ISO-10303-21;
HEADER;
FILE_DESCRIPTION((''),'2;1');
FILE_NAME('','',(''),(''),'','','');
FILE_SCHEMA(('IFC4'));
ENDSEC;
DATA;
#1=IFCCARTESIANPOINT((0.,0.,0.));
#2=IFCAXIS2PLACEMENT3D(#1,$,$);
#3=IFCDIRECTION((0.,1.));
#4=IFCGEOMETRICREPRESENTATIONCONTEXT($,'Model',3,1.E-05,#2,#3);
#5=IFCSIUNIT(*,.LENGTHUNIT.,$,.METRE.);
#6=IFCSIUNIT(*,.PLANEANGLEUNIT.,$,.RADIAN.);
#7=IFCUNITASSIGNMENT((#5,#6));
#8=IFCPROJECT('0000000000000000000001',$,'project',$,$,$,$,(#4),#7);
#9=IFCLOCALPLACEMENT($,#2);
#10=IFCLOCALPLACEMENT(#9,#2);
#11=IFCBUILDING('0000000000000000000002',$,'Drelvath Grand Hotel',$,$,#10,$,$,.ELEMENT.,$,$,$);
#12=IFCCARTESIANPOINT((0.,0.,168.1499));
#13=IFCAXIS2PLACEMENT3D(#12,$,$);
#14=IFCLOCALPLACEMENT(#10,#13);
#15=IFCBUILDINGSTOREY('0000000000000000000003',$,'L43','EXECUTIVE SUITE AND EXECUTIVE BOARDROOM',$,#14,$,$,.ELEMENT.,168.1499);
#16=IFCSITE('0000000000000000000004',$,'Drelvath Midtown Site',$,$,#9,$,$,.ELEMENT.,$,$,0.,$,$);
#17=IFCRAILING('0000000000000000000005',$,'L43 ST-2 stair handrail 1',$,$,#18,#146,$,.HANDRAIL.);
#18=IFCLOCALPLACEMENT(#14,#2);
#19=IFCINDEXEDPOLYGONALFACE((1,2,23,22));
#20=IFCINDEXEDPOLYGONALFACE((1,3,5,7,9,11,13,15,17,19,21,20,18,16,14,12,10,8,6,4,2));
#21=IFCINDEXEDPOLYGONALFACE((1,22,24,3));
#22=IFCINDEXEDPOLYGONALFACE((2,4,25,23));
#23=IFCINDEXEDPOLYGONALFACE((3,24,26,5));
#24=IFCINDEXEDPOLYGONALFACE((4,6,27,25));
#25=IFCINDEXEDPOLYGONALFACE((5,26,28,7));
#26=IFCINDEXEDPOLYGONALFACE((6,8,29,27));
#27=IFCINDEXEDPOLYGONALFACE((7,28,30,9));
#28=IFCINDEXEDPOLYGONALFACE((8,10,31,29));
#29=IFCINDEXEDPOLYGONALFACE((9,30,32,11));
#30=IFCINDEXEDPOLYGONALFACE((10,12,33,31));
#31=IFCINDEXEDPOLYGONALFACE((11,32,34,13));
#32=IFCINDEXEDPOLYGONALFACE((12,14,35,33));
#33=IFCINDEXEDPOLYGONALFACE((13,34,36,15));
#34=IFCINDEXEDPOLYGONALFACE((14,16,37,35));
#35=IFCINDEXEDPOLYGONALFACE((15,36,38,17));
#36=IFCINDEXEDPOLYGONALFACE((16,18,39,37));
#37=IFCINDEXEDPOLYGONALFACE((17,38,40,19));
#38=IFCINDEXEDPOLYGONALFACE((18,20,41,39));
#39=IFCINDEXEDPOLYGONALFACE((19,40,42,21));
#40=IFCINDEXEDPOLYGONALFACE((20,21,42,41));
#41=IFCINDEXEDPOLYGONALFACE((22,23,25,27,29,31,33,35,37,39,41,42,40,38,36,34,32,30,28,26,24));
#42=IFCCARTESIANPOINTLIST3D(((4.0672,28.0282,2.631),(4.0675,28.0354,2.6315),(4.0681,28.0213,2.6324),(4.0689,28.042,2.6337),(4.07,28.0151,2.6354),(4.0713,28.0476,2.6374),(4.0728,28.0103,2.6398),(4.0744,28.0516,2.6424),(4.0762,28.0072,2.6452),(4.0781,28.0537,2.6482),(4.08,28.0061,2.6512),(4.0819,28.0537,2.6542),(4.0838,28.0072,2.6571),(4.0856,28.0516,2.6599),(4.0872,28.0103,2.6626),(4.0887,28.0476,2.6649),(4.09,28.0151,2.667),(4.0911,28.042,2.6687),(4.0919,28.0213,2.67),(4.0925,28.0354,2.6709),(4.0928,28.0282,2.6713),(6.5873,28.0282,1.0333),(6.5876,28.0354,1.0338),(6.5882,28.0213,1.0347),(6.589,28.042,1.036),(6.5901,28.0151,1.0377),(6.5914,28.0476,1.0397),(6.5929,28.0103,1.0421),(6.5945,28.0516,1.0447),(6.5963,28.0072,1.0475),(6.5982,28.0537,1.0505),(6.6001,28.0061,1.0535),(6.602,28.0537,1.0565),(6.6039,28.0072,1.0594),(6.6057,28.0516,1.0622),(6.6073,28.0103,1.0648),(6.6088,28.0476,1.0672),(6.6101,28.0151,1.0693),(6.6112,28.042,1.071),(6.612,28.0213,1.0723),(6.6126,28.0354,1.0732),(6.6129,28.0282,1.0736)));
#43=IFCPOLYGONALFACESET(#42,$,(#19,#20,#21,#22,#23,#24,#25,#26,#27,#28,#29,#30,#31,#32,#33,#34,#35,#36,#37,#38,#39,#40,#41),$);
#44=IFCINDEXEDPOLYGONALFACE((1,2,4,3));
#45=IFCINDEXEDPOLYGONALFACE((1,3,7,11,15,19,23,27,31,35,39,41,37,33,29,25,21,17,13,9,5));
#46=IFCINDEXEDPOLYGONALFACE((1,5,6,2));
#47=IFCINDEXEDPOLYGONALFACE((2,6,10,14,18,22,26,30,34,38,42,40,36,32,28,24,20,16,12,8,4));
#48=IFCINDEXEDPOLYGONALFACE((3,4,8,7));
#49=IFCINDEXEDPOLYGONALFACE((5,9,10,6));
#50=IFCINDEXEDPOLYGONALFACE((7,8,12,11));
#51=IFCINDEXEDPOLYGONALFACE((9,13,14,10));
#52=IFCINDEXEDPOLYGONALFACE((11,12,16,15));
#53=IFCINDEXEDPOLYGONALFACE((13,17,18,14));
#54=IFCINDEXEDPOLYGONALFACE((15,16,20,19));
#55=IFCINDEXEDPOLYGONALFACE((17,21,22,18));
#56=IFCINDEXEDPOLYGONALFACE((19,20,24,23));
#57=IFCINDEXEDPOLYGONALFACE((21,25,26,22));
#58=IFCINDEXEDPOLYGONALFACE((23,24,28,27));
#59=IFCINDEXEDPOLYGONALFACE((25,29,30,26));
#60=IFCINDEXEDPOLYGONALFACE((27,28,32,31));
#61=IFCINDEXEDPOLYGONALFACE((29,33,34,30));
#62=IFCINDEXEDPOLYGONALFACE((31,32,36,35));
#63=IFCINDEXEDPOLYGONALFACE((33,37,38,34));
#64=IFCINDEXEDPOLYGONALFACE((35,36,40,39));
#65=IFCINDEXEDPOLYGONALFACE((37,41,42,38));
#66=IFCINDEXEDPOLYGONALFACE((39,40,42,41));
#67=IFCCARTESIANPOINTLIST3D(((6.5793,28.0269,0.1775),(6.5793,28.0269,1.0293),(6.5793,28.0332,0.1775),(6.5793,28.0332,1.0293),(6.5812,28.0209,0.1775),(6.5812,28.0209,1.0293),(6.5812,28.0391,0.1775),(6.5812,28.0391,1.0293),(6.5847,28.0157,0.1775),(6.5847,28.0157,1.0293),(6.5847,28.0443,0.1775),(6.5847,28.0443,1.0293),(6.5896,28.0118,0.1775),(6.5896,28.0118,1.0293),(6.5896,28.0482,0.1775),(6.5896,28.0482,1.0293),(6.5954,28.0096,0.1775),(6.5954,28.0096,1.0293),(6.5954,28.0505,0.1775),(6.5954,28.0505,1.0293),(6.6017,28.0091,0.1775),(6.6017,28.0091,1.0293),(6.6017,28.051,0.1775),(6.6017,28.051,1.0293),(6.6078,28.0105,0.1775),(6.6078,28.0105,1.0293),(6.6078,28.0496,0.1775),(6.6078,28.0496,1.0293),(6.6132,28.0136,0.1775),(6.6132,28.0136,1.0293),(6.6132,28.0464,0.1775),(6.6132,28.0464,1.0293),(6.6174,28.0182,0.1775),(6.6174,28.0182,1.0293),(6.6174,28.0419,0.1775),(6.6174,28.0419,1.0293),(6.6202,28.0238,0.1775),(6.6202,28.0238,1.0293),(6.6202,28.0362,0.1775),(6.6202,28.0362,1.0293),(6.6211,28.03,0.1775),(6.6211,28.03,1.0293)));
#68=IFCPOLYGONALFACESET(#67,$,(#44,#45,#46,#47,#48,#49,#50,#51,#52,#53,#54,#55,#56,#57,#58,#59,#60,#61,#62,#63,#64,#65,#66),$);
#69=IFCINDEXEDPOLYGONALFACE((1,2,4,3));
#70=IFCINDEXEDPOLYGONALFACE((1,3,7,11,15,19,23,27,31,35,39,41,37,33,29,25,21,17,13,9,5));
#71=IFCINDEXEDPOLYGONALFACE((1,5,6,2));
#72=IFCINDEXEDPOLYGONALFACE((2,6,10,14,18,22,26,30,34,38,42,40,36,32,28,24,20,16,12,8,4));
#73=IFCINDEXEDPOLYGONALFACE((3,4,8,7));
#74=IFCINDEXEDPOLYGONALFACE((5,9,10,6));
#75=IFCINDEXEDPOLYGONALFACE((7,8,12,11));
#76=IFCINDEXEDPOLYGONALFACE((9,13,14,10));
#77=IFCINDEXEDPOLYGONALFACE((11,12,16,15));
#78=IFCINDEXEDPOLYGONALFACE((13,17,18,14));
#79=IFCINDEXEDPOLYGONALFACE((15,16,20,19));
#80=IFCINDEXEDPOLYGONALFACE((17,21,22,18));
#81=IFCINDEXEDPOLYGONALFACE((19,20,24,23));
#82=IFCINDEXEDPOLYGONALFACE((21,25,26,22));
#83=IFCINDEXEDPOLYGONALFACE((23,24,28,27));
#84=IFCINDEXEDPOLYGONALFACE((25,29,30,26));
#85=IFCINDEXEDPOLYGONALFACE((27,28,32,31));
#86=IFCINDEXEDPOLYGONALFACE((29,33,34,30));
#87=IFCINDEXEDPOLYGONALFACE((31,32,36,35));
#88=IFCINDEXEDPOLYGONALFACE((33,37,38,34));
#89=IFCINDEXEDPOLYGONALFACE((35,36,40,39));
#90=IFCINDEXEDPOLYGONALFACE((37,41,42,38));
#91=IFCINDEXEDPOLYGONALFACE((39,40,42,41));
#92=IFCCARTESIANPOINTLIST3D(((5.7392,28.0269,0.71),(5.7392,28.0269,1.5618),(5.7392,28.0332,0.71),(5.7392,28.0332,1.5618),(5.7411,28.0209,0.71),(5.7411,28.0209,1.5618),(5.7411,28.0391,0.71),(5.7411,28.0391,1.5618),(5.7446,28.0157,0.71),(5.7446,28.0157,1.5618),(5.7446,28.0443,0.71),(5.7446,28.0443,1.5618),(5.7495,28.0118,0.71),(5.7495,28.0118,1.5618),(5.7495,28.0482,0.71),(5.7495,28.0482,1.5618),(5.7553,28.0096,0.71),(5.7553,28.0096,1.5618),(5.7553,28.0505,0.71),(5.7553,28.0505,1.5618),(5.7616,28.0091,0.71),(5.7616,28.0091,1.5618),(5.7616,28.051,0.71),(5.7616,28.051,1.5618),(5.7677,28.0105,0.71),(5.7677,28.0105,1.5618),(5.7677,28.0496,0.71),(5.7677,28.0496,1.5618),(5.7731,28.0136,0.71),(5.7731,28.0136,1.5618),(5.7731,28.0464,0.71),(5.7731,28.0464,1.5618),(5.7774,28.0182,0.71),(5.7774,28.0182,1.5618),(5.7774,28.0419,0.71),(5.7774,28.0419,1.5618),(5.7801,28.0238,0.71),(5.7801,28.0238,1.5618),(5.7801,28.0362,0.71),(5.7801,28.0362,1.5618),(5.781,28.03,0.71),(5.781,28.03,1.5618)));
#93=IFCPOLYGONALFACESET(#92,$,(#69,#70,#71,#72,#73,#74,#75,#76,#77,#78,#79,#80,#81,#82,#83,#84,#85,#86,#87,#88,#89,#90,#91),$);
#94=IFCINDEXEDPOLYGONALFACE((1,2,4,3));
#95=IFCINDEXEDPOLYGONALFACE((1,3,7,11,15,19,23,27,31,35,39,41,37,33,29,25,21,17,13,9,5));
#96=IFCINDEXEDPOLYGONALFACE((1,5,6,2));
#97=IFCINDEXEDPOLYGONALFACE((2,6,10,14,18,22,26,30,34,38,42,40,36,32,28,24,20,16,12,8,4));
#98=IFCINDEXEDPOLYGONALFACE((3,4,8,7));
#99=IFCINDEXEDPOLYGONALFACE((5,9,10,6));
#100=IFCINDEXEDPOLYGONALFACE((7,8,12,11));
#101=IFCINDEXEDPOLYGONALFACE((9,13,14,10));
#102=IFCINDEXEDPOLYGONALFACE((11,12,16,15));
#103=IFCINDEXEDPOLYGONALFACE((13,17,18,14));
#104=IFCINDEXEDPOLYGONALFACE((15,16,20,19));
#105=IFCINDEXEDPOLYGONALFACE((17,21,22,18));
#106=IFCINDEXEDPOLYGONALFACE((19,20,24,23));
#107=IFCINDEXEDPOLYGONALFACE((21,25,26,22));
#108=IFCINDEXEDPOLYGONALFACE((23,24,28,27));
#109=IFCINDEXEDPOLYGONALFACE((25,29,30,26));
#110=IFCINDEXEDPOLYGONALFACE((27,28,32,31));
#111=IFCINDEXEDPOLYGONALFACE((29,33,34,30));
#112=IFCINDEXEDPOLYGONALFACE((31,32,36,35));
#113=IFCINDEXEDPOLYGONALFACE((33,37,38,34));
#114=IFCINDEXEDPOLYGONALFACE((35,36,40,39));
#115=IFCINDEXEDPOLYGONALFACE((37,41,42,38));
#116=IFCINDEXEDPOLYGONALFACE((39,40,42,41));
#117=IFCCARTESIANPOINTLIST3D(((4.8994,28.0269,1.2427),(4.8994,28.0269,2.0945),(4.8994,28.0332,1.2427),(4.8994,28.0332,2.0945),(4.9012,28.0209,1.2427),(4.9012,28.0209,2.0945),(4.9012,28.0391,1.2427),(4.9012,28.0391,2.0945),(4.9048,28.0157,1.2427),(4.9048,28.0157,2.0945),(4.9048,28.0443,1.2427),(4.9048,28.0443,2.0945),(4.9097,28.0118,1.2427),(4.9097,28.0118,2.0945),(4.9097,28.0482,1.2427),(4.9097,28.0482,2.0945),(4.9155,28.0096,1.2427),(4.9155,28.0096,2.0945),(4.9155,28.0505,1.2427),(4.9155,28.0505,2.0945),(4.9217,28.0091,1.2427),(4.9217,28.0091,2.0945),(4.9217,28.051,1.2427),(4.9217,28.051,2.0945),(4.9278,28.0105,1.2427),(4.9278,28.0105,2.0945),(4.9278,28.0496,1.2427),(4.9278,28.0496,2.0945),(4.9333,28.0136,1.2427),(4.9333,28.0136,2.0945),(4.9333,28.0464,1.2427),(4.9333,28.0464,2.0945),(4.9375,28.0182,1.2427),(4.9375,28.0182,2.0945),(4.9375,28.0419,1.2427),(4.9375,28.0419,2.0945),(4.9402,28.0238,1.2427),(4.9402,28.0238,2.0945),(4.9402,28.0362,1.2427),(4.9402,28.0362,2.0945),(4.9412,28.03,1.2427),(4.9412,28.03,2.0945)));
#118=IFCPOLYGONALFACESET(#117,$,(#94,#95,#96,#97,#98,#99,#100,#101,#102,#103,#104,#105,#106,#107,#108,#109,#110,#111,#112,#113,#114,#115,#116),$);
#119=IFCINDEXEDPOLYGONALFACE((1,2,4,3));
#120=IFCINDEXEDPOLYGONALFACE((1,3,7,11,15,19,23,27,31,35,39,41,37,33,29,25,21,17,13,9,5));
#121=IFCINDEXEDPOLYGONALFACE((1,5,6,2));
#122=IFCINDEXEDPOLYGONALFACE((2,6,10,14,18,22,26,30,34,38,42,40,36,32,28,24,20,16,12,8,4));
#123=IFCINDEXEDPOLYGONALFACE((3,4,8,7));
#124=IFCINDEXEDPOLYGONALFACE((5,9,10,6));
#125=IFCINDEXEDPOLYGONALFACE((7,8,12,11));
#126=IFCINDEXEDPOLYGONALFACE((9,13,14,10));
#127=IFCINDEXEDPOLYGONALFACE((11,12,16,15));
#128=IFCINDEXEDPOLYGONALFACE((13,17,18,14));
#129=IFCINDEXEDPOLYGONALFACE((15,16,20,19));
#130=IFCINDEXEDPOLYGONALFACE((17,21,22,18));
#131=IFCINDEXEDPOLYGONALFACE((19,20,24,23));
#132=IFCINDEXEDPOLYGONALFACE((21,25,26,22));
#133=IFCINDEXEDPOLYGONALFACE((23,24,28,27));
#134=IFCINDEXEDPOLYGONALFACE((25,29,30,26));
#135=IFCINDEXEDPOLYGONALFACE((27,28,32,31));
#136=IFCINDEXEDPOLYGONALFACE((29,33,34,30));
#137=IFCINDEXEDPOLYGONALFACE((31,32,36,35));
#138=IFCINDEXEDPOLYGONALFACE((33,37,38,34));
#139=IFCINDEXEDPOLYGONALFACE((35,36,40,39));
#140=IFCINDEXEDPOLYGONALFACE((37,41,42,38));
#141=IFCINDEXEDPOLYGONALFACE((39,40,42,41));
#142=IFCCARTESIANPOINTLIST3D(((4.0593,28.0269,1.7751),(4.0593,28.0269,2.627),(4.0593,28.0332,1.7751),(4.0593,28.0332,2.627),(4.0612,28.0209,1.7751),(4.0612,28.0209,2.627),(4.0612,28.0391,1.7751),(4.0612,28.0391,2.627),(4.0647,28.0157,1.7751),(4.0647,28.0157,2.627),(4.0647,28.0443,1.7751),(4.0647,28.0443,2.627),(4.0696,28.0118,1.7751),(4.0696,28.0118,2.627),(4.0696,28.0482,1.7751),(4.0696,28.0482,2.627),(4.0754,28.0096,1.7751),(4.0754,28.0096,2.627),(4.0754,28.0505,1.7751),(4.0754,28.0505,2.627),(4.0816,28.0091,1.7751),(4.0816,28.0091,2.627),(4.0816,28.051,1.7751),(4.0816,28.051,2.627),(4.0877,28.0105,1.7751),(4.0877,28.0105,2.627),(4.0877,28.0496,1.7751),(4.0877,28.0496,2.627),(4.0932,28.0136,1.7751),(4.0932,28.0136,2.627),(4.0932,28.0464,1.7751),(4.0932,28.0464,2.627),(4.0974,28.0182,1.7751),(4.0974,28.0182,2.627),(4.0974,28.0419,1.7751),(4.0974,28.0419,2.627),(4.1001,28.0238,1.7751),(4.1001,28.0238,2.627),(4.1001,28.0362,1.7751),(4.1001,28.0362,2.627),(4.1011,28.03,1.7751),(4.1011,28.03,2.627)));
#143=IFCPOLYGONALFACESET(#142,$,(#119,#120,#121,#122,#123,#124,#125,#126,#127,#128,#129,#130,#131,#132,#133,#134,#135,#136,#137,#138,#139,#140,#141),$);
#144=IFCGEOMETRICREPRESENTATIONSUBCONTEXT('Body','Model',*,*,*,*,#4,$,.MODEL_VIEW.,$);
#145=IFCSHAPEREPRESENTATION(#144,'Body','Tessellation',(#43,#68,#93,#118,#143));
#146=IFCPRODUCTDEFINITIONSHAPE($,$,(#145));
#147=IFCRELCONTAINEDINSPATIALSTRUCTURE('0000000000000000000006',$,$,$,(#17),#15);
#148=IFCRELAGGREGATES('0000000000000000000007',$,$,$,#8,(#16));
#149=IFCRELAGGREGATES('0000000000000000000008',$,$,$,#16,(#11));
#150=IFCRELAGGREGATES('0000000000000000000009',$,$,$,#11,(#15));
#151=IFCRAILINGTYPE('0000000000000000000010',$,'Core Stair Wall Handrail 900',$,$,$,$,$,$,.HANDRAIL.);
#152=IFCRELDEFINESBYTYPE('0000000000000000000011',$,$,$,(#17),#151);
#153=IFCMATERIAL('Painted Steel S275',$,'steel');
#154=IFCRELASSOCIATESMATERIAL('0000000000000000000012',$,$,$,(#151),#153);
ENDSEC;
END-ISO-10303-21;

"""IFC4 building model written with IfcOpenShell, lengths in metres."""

from ifc_helpers import new_model, si_unit, direction, frame, origin, origin_2d, place, context, subcontext, project, spatial, circle, extrude, material, type_object, element, save


model = new_model("IFC4")

# Units and contexts
model_context = context("Model", 3, precision=1e-05, world=origin(), true_north=direction((0.0, 1.0)))
body_context = subcontext(model_context, "Body", "Model", "MODEL_VIEW")
ifc_project = project(units=[si_unit("LENGTHUNIT", "METRE"), si_unit("PLANEANGLEUNIT", "RADIAN")], contexts=[model_context])

# Site, building, storey
site_placement = place(None, origin())
site = spatial("IfcSite", under=ifc_project, at=site_placement, Name="Drelvath Midtown Site", CompositionType="ELEMENT", RefElevation=0.0)
building_placement = place(site_placement, origin())
building = spatial("IfcBuilding", under=site, at=building_placement, Name="Drelvath Grand Hotel", CompositionType="ELEMENT")
storey_placement = place(building_placement, frame((0.0, 0.0, 168.1499)))
storey = spatial("IfcBuildingStorey", under=building, at=storey_placement, Name="L43", Description="EXECUTIVE SUITE AND EXECUTIVE BOARDROOM", CompositionType="ELEMENT", Elevation=168.1499)

# Shared definitions
ifc_material_1 = material(Name="Painted Steel S275", Category="steel")

# Railing
railing_type = type_object("IfcRailingType", Name="Core Stair Wall Handrail 900", PredefinedType="HANDRAIL", material=ifc_material_1)
railing_placement = place(storey_placement, frame((6.6001, 28.03, 0.1775)))
element("IfcRailing", 1, at=railing_placement, inside=storey, type_object=railing_type, Name="L43 ST-2 stair handrail 1", PredefinedType="HANDRAIL", context=body_context, shape_type="SweptSolid", body=[
    extrude(circle(Radius=0.0239, at=origin_2d()), frame((0.0, 0.0, 0.876), z_axis=(-0.84457, 0.0, 0.535445), x_axis=(0.0, -1.0, 0.0)), (0.0, 0.0, 1.0), 2.9839),
    extrude(circle(Radius=0.021, at=origin_2d()), origin(), (0.0, 0.0, 1.0), 0.8518),
    extrude(circle(Radius=0.021, at=origin_2d()), frame((-0.8401, 0.0, 0.5325)), (0.0, 0.0, 1.0), 0.8518),
    extrude(circle(Radius=0.021, at=origin_2d()), frame((-1.6799, 0.0, 1.0652)), (0.0, 0.0, 1.0), 0.8518),
    extrude(circle(Radius=0.021, at=origin_2d()), frame((-2.52, 0.0, 1.5977)), (0.0, 0.0, 1.0), 0.8518),
])

save(model, "model.ifc")
